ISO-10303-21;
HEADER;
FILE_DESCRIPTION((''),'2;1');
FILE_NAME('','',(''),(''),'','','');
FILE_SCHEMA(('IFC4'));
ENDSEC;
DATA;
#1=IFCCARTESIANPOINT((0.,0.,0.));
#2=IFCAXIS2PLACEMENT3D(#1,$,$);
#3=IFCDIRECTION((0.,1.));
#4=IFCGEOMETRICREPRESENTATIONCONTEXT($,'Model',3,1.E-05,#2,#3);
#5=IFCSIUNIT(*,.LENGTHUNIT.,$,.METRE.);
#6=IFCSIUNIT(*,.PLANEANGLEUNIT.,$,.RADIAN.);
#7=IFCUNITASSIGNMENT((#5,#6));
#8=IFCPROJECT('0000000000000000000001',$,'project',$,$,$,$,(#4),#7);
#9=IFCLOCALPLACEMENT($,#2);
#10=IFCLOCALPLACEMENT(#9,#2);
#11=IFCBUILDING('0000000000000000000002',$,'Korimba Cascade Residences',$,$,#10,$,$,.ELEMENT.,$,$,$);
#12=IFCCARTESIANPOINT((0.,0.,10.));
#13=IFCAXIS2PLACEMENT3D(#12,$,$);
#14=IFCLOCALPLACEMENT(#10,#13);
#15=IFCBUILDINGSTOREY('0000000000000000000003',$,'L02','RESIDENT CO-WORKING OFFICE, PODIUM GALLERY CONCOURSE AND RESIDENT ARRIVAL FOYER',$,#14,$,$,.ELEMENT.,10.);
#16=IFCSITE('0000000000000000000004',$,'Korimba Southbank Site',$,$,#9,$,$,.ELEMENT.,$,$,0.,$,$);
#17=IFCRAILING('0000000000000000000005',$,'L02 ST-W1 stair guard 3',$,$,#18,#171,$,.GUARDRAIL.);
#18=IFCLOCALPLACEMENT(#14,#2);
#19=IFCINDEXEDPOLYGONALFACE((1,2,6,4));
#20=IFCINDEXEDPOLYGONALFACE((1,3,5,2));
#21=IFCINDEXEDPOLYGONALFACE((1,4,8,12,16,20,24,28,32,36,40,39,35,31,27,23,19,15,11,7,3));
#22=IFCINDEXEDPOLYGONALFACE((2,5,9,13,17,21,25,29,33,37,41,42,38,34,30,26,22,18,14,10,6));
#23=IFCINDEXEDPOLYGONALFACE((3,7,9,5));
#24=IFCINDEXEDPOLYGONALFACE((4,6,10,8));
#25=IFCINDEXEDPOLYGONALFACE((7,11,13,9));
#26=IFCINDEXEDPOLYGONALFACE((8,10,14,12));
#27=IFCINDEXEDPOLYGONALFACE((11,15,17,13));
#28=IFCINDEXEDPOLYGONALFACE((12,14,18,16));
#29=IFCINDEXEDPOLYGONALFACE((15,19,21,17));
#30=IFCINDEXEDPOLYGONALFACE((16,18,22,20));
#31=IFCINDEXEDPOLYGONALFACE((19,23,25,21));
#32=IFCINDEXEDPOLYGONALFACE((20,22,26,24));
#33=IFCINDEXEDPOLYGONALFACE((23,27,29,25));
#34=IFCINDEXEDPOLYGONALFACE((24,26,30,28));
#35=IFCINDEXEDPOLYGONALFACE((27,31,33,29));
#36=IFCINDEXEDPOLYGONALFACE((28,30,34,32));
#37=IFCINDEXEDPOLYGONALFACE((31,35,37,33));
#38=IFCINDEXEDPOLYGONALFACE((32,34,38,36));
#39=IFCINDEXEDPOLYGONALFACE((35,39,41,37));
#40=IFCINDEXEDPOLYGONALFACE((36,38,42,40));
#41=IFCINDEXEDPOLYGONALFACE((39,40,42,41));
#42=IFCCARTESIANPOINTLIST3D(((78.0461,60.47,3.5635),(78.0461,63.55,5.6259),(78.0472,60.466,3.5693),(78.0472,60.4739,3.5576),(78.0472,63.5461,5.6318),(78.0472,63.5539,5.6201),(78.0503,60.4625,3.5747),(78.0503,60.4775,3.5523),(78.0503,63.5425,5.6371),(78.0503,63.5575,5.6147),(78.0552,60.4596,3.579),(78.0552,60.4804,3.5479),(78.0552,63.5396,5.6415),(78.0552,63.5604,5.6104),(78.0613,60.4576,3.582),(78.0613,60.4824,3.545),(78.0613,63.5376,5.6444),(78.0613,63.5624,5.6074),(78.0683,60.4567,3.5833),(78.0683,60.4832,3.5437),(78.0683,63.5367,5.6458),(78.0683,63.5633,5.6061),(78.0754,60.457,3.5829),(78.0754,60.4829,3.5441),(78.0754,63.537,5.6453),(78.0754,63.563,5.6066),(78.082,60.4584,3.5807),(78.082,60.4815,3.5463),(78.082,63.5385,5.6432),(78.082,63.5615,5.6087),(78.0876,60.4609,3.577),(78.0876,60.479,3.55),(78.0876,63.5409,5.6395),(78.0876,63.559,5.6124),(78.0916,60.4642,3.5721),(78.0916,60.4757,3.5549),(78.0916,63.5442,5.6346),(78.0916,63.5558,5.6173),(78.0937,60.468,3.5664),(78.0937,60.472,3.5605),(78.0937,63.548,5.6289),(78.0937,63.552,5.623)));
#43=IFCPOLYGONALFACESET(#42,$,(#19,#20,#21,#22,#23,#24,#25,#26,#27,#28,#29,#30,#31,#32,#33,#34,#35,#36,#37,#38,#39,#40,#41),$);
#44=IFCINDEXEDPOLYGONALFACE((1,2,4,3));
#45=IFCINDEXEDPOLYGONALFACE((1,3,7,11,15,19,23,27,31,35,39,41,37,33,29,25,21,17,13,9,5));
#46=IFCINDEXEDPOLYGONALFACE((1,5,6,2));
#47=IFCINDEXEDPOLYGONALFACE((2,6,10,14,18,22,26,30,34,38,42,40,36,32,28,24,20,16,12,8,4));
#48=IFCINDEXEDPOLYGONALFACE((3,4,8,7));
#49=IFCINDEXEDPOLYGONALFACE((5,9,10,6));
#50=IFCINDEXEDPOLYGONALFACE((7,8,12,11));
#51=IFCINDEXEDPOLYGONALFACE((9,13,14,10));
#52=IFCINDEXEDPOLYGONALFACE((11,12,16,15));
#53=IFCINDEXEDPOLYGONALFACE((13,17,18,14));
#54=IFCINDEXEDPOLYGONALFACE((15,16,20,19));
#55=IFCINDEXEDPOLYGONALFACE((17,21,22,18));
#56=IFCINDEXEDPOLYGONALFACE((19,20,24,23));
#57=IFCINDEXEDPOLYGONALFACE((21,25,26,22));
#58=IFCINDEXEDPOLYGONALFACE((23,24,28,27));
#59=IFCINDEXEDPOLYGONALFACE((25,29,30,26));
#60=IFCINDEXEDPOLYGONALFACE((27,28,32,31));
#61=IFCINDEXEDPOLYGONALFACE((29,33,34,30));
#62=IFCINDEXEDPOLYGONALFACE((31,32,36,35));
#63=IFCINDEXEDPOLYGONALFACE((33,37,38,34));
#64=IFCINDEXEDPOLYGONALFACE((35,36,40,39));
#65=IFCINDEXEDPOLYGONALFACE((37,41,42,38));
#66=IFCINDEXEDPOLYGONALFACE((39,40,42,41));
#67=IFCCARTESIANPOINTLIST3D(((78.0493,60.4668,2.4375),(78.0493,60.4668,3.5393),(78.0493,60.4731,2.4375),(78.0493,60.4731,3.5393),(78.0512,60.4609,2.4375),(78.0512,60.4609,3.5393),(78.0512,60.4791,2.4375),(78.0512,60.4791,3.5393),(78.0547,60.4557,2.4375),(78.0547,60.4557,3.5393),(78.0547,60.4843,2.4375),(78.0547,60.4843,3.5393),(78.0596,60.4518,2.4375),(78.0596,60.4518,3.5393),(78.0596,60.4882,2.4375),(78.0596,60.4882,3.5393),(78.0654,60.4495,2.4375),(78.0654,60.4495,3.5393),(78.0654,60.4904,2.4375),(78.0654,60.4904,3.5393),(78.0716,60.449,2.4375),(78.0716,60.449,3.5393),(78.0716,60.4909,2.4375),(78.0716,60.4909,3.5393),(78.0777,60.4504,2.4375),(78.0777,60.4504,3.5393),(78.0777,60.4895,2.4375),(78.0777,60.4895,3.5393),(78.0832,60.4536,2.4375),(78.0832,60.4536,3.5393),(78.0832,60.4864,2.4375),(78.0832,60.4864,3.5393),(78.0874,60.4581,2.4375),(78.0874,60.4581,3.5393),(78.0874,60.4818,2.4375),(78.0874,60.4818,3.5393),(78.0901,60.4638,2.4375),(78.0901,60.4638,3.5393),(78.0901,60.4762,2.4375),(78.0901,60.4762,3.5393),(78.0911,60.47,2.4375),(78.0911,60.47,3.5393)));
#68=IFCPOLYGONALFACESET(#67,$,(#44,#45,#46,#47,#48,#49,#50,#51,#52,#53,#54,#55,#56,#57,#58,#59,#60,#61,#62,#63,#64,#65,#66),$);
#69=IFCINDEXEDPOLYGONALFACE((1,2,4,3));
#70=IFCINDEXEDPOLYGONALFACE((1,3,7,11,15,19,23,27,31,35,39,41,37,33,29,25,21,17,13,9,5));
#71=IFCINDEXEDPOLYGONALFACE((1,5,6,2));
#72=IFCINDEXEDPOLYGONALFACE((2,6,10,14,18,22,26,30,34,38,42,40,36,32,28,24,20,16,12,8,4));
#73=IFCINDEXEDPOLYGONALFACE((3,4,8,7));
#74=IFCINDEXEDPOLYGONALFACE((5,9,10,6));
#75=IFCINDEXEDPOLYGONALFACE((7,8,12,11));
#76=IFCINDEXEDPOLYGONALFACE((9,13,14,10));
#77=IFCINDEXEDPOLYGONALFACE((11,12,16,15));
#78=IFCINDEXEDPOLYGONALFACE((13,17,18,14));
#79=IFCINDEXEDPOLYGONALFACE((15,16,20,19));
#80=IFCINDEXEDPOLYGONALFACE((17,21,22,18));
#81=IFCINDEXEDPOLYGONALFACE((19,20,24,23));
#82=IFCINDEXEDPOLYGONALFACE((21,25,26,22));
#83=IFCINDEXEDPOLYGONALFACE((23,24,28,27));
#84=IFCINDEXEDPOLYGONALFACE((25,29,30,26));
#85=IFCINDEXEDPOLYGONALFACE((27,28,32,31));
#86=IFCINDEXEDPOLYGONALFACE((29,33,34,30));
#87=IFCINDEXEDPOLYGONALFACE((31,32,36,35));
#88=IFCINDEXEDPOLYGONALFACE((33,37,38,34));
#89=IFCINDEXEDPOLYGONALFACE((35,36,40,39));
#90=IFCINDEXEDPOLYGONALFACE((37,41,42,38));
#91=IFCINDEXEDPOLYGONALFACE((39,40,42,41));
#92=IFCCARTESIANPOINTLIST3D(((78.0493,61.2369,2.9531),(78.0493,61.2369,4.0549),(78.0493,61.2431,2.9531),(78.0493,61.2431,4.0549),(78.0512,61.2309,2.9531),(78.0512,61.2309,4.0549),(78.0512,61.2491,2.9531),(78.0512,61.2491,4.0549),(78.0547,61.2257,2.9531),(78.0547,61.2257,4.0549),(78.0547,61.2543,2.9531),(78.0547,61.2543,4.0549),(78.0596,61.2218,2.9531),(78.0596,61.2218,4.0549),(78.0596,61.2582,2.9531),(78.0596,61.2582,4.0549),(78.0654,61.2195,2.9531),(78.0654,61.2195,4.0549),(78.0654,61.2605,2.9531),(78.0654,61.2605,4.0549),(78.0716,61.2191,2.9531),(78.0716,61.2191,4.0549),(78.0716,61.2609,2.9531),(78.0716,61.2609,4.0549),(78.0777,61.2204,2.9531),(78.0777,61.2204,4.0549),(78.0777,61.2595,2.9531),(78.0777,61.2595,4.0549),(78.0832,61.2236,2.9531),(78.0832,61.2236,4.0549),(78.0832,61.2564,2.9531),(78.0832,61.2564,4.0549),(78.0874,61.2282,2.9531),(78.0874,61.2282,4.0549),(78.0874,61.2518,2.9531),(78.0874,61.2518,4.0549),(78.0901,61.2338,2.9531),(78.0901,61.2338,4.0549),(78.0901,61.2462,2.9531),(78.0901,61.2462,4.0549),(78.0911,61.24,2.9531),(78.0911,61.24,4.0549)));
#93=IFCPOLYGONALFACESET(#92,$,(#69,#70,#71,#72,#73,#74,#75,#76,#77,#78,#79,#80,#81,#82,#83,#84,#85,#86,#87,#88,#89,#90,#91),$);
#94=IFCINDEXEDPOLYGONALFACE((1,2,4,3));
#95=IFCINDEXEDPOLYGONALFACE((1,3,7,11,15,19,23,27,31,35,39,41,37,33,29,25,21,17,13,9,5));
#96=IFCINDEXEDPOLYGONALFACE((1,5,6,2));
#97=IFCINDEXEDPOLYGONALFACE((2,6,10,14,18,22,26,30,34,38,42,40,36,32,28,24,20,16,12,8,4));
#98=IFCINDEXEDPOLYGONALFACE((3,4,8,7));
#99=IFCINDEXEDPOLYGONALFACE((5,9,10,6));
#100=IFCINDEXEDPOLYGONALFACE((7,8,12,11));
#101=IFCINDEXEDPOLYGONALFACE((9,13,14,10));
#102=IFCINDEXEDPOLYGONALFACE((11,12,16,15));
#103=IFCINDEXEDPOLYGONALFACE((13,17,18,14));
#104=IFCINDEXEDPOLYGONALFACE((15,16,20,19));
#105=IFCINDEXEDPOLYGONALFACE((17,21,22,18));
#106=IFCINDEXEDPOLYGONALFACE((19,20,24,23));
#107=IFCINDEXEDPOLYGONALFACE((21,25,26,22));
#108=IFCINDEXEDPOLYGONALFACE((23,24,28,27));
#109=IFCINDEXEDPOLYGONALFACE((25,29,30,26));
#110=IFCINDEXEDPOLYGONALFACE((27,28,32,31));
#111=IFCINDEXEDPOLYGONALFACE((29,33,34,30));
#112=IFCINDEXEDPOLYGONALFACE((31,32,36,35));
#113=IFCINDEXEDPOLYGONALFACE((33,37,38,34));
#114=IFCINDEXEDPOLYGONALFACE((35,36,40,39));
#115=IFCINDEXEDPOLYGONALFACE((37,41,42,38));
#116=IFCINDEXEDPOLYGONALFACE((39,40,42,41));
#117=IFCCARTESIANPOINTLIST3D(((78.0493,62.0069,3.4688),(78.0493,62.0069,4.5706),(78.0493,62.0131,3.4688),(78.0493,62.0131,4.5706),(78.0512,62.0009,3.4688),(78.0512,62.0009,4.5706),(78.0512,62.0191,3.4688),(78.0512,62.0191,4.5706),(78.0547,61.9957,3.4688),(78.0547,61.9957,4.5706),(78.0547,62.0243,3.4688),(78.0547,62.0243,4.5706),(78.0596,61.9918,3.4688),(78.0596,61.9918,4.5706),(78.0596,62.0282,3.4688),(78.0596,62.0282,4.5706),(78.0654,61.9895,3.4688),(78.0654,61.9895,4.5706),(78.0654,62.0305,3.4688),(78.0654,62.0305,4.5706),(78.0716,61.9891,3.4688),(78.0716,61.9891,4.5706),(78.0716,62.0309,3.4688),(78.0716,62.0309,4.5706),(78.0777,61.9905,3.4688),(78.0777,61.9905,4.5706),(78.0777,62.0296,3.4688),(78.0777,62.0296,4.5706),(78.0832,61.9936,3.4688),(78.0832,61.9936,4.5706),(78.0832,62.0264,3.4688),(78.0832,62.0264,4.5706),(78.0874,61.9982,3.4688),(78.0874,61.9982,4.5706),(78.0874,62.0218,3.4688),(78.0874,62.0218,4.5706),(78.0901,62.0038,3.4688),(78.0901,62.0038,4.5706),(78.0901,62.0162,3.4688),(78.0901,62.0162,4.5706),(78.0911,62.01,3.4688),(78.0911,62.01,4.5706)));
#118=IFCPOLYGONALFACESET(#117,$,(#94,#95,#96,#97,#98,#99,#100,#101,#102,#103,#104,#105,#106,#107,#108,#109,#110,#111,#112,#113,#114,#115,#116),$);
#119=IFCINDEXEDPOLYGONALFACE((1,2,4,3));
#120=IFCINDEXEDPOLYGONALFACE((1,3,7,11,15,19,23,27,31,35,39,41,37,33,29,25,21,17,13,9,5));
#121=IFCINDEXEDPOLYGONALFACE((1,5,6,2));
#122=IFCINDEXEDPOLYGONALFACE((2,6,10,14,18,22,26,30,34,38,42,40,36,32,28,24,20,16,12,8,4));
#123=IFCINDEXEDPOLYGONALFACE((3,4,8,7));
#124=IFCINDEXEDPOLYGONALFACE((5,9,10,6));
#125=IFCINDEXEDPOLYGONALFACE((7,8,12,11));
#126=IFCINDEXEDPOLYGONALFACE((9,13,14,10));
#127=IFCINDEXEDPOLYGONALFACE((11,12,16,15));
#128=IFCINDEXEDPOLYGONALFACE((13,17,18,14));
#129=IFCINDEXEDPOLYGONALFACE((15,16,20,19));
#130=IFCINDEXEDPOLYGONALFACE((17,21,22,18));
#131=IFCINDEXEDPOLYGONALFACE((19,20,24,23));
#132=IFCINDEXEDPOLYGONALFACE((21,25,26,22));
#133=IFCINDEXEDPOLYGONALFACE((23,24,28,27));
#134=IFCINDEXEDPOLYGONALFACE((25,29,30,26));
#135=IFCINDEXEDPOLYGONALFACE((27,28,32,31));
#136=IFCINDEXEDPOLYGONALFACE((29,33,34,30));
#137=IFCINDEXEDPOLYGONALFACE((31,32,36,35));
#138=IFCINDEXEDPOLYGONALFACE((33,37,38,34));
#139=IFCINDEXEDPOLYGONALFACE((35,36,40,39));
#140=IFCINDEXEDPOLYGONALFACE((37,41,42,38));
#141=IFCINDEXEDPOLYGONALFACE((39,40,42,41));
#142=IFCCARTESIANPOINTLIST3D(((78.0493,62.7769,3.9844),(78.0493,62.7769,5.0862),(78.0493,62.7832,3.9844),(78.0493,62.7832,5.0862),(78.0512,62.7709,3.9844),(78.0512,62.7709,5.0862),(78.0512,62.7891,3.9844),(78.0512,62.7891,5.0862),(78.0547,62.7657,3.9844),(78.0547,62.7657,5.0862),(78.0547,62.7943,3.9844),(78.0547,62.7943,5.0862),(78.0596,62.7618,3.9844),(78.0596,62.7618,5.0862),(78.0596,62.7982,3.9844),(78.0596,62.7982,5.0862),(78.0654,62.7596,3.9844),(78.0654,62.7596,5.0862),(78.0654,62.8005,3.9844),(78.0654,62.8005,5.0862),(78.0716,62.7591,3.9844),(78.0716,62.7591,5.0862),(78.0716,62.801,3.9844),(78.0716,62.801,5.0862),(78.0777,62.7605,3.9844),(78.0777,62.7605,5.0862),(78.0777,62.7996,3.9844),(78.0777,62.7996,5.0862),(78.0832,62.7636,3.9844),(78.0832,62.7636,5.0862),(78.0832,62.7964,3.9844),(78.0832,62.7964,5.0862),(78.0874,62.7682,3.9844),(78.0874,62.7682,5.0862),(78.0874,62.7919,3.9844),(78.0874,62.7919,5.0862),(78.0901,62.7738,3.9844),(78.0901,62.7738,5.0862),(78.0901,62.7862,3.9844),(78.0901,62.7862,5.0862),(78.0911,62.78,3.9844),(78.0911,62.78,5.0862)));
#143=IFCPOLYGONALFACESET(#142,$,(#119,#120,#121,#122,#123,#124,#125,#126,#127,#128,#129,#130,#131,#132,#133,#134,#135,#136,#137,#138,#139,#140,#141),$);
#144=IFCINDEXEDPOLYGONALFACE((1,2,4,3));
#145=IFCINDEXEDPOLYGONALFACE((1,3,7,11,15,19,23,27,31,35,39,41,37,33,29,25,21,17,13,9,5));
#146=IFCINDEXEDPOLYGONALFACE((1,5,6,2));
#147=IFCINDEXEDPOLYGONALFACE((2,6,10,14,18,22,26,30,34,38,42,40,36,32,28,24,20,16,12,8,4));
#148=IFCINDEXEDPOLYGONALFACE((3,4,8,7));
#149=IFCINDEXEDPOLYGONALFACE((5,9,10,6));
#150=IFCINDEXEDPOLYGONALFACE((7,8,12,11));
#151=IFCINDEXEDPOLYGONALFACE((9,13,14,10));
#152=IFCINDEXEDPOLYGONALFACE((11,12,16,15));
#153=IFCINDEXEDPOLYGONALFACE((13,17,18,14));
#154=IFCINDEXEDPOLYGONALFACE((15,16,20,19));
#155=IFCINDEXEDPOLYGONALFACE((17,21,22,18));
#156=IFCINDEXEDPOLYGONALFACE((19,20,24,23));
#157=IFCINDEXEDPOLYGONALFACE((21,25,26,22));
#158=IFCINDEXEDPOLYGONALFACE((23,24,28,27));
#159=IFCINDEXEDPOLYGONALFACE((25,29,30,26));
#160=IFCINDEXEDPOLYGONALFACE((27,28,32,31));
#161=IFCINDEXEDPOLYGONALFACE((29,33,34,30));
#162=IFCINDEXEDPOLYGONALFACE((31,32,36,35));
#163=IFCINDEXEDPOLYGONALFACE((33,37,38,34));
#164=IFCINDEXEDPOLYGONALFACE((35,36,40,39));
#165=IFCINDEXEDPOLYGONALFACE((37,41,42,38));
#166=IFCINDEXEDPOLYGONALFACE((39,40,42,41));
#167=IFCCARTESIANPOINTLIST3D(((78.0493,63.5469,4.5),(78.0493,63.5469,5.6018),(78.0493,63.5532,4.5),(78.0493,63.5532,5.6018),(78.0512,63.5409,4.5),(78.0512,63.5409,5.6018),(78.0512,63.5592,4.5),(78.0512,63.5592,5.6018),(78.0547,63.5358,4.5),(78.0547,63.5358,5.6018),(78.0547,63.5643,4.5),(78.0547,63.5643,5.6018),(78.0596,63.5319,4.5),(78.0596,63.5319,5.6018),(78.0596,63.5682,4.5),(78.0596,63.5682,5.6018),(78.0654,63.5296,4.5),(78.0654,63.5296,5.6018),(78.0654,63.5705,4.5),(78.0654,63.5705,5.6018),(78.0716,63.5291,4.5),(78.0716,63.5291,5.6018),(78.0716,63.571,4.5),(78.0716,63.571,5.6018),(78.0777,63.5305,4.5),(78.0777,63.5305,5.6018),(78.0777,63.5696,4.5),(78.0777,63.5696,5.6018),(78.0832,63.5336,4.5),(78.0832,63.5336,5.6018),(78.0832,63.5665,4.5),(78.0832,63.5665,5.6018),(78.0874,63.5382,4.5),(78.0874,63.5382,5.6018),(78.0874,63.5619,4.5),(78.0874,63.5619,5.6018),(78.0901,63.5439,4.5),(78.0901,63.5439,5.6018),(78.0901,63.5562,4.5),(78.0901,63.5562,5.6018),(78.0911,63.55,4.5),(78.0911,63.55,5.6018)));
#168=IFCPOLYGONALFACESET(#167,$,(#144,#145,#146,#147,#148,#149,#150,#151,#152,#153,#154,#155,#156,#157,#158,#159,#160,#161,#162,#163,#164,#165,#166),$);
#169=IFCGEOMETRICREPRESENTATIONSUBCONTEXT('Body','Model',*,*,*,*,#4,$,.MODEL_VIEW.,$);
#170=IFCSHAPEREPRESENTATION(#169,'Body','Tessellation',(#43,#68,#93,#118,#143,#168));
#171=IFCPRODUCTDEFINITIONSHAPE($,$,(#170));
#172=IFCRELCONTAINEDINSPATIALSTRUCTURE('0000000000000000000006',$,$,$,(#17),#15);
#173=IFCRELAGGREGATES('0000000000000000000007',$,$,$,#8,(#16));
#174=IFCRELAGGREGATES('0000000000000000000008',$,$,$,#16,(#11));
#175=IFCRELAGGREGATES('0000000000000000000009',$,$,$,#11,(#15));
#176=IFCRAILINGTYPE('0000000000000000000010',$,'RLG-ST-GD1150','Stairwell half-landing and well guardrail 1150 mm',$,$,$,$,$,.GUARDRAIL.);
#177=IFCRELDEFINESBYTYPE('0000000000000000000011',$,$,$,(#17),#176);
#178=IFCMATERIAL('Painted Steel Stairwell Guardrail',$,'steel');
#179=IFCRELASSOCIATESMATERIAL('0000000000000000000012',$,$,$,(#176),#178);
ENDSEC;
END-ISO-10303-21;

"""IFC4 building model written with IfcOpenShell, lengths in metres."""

from ifc_helpers import new_model, si_unit, direction, frame, origin, origin_2d, place, context, subcontext, project, spatial, circle, extrude, material, type_object, element, save


model = new_model("IFC4")

# Units and contexts
model_context = context("Model", 3, precision=1e-05, world=origin(), true_north=direction((0.0, 1.0)))
body_context = subcontext(model_context, "Body", "Model", "MODEL_VIEW")
ifc_project = project(units=[si_unit("LENGTHUNIT", "METRE"), si_unit("PLANEANGLEUNIT", "RADIAN")], contexts=[model_context])

# Site, building, storey
site_placement = place(None, origin())
site = spatial("IfcSite", under=ifc_project, at=site_placement, Name="Korimba Southbank Site", CompositionType="ELEMENT", RefElevation=0.0)
building_placement = place(site_placement, origin())
building = spatial("IfcBuilding", under=site, at=building_placement, Name="Korimba Cascade Residences", CompositionType="ELEMENT")
storey_placement = place(building_placement, frame((0.0, 0.0, 10.0)))
storey = spatial("IfcBuildingStorey", under=building, at=storey_placement, Name="L02", Description="RESIDENT CO-WORKING OFFICE, PODIUM GALLERY CONCOURSE AND RESIDENT ARRIVAL FOYER", CompositionType="ELEMENT", Elevation=10.0)

# Railing
ifc_material_1 = material(Name="Painted Steel Stairwell Guardrail", Category="steel")
railing_type_1 = type_object("IfcRailingType", Name="RLG-ST-GD1150", Description="Stairwell half-landing and well guardrail 1150 mm", PredefinedType="GUARDRAIL", material=ifc_material_1)
railing_1_placement = place(storey_placement, frame((78.0701, 60.47, 2.4375)))
element("IfcRailing", 1, at=railing_1_placement, inside=storey, type_object=railing_type_1, Name="L02 ST-W1 stair guard 3", PredefinedType="GUARDRAIL", context=body_context, shape_type="SweptSolid", body=[
    extrude(circle(Radius=0.0239, at=origin_2d()), frame((0.0, 0.0, 1.126), z_axis=(0.0, 0.830914, 0.556401), x_axis=(-1.0, 0.0, 0.0)), (0.0, 0.0, 1.0), 3.7068),
    extrude(circle(Radius=0.021, at=origin_2d()), origin(), (0.0, 0.0, 1.0), 1.1018),
    extrude(circle(Radius=0.021, at=origin_2d()), frame((0.0, 0.77, 0.5156)), (0.0, 0.0, 1.0), 1.1018),
    extrude(circle(Radius=0.021, at=origin_2d()), frame((0.0, 1.54, 1.0312)), (0.0, 0.0, 1.0), 1.1018),
    extrude(circle(Radius=0.021, at=origin_2d()), frame((0.0, 2.3101, 1.5469)), (0.0, 0.0, 1.0), 1.1018),
    extrude(circle(Radius=0.021, at=origin_2d()), frame((0.0, 3.0801, 2.0625)), (0.0, 0.0, 1.0), 1.1018),
])

save(model, "model.ifc")
